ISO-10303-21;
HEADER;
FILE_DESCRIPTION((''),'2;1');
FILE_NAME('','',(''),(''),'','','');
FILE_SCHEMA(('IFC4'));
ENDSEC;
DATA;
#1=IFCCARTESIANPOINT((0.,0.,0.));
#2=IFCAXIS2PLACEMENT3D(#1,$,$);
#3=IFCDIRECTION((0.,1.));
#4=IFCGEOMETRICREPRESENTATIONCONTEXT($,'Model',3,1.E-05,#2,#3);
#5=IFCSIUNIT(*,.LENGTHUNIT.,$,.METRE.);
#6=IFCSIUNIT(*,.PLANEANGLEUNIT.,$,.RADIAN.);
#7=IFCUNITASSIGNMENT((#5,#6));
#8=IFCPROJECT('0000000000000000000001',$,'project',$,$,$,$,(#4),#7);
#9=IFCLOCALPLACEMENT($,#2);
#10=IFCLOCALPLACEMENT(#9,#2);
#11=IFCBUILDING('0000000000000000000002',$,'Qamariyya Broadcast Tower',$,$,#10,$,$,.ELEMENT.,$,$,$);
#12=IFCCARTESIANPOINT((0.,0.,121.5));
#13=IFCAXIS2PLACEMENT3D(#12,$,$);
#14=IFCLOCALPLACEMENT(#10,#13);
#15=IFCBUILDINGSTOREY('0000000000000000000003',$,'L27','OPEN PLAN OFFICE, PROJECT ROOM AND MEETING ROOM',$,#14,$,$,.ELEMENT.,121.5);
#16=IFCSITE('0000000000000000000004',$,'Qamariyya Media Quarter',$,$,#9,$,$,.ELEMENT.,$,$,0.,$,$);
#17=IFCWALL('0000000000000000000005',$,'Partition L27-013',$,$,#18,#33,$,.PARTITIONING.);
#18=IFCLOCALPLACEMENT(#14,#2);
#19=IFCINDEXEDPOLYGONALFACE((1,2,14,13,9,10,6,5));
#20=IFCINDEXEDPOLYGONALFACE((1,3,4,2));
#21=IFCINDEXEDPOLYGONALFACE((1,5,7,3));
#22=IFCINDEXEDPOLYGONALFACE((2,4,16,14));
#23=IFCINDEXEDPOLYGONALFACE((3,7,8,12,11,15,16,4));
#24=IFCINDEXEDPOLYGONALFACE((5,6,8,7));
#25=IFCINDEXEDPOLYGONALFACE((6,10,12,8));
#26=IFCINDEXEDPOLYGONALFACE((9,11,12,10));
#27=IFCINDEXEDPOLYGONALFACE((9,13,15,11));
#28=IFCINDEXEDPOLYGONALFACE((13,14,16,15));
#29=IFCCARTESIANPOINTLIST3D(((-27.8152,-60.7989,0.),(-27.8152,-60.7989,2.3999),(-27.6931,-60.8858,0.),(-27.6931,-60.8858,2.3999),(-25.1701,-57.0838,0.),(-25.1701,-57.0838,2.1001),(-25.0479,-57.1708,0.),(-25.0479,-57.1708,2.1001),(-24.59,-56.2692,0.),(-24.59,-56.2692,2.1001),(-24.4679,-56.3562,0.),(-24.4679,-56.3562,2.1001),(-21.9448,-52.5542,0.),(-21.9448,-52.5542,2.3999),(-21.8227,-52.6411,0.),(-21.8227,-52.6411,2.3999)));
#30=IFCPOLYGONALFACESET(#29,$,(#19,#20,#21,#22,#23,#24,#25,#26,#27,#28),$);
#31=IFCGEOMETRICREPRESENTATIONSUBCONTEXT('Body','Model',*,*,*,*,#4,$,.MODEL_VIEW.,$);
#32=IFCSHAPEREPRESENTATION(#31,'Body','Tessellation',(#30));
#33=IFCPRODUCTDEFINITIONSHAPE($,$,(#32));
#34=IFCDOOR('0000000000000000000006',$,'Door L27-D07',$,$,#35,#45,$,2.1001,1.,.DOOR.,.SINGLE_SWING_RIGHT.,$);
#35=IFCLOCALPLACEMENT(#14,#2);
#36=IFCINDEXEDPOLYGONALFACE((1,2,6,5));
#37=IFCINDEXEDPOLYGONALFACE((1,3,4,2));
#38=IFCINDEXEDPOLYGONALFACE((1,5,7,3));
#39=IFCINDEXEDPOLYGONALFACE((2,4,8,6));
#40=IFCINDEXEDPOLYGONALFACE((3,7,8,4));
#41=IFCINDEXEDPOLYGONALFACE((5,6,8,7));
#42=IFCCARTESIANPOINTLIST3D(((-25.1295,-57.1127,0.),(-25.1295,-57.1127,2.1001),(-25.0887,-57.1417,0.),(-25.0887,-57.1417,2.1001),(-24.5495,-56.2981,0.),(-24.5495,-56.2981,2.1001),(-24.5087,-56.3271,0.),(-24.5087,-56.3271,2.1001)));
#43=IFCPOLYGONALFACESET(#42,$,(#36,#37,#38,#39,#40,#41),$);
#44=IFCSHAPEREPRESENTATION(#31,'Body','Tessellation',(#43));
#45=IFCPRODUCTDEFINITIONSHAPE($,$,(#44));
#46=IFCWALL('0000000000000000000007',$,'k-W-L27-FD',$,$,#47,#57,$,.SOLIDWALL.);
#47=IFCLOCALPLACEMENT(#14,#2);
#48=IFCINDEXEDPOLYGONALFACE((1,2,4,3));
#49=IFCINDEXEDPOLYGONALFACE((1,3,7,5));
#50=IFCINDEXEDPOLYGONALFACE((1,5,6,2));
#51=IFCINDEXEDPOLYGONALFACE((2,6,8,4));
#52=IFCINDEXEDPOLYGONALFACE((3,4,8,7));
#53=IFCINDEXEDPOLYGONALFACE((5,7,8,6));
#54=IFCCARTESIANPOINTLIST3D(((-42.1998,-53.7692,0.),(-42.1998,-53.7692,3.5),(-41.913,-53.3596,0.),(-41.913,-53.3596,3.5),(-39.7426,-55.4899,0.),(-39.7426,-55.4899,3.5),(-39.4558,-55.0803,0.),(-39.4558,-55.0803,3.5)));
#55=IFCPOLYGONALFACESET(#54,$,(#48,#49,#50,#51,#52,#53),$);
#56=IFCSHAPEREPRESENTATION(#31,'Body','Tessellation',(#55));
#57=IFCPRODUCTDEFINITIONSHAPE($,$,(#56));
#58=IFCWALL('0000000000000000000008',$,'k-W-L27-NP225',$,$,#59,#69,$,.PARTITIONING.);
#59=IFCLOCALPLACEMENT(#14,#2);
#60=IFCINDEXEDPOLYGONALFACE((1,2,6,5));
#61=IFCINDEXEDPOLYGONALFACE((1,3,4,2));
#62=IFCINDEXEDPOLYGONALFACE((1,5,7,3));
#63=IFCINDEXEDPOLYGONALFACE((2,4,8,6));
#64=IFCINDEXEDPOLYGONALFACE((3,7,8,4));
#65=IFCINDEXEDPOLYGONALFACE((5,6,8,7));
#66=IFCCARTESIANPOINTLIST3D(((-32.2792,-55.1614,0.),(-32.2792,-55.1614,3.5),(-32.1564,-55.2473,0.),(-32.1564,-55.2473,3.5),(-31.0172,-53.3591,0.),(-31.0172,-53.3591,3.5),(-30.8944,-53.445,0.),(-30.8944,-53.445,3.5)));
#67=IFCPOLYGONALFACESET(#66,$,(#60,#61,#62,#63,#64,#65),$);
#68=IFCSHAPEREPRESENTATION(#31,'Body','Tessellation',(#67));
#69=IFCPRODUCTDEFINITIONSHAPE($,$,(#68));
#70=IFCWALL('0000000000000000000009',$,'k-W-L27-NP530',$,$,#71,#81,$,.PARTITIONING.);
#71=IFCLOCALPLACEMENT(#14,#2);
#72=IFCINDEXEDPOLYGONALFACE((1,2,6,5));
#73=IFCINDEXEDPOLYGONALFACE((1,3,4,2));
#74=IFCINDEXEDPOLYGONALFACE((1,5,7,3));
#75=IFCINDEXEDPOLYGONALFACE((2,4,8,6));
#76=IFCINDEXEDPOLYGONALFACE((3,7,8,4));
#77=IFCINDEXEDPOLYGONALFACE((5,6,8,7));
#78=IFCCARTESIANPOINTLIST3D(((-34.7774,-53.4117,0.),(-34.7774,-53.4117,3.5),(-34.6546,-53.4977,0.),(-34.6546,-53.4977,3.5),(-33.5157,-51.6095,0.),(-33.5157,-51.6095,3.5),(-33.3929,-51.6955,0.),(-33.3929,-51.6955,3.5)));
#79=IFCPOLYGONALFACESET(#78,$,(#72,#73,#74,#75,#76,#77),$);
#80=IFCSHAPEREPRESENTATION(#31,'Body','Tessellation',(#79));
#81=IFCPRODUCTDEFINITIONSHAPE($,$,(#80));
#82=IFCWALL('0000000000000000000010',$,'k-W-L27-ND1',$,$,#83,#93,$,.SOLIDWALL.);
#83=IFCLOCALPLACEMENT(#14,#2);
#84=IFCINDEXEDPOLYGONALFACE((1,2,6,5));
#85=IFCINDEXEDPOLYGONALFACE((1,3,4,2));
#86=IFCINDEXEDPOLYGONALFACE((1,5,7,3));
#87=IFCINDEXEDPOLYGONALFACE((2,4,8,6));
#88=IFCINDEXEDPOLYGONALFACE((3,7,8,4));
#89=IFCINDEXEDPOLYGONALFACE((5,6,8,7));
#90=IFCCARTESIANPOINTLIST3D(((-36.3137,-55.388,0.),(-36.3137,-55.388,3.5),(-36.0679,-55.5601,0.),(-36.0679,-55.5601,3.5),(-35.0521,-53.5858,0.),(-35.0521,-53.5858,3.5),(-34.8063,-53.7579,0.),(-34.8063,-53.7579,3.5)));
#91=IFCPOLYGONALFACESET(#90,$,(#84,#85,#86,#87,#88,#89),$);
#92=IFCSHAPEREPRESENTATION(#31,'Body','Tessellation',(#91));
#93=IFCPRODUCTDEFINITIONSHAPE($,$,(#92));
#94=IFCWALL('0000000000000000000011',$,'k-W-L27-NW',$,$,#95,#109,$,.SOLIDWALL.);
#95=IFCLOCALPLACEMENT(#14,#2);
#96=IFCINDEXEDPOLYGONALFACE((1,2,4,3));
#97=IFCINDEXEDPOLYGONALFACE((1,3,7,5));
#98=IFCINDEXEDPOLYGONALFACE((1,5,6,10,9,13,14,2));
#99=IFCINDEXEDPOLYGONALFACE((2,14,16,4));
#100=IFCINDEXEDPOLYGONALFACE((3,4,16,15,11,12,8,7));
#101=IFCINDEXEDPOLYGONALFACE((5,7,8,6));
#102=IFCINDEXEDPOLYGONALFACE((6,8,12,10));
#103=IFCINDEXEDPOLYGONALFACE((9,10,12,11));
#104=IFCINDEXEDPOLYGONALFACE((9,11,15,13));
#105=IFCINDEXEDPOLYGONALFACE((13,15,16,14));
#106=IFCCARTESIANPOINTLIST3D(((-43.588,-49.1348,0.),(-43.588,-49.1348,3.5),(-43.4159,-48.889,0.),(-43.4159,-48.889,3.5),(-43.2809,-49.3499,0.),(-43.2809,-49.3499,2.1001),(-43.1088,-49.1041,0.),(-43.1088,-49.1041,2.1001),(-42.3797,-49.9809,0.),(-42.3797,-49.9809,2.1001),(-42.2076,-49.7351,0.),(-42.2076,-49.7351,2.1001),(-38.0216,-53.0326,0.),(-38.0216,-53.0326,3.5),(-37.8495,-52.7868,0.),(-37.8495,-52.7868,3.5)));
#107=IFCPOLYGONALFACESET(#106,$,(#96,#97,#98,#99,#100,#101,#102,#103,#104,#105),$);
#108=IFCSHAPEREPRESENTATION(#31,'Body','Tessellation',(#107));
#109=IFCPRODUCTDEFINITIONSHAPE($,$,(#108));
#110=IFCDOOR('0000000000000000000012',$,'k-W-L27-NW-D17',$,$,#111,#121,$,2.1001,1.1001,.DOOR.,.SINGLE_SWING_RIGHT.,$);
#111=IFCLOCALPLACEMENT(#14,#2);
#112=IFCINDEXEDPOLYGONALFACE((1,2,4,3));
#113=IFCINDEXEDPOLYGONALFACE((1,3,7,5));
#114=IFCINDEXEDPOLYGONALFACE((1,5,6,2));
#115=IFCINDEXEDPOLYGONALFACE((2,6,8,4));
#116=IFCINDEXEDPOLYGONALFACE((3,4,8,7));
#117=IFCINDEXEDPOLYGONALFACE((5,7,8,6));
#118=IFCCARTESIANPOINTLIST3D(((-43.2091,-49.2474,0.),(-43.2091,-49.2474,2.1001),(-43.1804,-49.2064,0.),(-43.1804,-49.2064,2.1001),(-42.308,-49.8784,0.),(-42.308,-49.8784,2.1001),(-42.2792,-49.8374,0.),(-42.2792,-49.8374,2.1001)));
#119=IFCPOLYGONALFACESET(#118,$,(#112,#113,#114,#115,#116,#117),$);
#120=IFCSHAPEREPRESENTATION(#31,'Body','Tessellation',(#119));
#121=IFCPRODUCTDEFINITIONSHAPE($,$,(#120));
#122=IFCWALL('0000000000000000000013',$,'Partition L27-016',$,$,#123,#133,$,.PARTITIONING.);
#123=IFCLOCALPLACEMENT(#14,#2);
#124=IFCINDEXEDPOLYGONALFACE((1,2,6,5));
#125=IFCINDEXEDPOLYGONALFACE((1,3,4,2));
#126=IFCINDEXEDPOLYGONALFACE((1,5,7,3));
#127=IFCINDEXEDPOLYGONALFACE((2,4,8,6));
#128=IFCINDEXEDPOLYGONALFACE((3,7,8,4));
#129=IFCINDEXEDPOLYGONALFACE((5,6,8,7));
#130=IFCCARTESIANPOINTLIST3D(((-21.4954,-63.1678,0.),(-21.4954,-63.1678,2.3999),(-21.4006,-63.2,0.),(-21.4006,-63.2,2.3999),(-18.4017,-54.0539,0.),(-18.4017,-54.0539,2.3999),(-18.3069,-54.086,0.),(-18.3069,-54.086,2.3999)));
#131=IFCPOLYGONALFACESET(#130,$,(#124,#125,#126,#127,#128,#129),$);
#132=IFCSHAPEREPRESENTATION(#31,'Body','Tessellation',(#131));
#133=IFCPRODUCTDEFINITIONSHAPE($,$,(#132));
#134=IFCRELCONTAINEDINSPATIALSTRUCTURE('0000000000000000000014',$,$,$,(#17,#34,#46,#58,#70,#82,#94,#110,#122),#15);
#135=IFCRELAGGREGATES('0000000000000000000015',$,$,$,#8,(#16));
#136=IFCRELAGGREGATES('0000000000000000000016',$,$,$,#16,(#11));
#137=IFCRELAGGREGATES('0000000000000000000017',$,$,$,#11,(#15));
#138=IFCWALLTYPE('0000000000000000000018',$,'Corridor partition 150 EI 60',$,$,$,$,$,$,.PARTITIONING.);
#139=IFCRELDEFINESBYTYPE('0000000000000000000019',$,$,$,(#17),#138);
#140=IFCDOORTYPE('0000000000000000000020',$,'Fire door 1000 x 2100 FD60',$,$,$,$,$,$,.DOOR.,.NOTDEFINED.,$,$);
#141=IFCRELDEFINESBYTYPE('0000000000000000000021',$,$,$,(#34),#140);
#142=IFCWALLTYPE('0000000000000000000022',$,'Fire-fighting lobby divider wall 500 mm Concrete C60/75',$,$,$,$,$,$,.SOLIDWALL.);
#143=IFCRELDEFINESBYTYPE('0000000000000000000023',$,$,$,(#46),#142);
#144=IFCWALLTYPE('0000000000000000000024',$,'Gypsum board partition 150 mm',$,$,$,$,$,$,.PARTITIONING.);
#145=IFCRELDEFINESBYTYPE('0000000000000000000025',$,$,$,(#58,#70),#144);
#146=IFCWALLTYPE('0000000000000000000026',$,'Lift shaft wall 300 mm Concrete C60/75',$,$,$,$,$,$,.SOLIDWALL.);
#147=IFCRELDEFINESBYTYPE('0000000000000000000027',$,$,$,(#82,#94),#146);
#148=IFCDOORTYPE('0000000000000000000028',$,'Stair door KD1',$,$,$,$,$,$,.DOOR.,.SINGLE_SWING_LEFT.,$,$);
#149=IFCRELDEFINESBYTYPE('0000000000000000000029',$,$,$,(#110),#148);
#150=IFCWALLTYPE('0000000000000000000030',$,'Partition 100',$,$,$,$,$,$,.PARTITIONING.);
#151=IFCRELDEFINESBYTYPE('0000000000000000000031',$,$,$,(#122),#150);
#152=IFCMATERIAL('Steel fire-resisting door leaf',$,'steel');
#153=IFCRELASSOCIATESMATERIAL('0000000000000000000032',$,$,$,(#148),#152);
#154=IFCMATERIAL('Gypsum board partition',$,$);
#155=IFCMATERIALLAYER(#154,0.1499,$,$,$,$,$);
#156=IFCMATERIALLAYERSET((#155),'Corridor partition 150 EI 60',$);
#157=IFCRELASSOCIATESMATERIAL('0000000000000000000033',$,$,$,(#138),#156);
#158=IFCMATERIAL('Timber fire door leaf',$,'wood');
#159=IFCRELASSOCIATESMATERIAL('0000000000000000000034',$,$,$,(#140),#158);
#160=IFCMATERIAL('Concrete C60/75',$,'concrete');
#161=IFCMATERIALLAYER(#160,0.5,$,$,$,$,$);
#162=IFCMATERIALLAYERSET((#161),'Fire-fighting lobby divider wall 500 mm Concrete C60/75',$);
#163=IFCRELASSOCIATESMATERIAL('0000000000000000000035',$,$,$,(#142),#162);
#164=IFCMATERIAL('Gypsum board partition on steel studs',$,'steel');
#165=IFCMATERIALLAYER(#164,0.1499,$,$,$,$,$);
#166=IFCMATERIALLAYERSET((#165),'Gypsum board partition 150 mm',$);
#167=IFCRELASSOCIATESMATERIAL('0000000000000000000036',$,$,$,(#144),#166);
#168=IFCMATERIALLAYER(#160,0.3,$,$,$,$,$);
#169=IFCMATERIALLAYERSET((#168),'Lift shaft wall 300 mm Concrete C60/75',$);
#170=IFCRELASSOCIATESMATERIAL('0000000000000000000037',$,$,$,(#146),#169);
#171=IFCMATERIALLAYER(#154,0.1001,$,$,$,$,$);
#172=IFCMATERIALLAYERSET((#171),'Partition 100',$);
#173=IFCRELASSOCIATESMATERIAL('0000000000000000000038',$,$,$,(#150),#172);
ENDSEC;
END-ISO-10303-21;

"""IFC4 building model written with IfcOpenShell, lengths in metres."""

from ifc_helpers import new_model, si_unit, direction, frame, frame_2d, origin, place, context, subcontext, project, spatial, rectangle, extrude, material, layer, layer_set, type_object, element, fill, save


model = new_model("IFC4")

# Units and contexts
model_context = context("Model", 3, precision=1e-05, world=origin(), true_north=direction((0.0, 1.0)))
body_context = subcontext(model_context, "Body", "Model", "MODEL_VIEW")
ifc_project = project(units=[si_unit("LENGTHUNIT", "METRE"), si_unit("PLANEANGLEUNIT", "RADIAN")], contexts=[model_context])

# Site, building, storey
site_placement = place(None, origin())
site = spatial("IfcSite", under=ifc_project, at=site_placement, Name="Qamariyya Media Quarter", CompositionType="ELEMENT", RefElevation=0.0)
building_placement = place(site_placement, origin())
building = spatial("IfcBuilding", under=site, at=building_placement, Name="Qamariyya Broadcast Tower", CompositionType="ELEMENT")
storey_placement = place(building_placement, frame((0.0, 0.0, 121.5)))
storey = spatial("IfcBuildingStorey", under=building, at=storey_placement, Name="L27", Description="OPEN PLAN OFFICE, PROJECT ROOM AND MEETING ROOM", CompositionType="ELEMENT", Elevation=121.5)

# Shared definitions
ifc_material_1 = material(Name="Steel fire-resisting door leaf", Category="steel")
door_type_1 = type_object("IfcDoorType", Name="Stair door KD1", OperationType="SINGLE_SWING_LEFT", PredefinedType="DOOR", material=ifc_material_1)

# Wall, opening, door
ifc_material_2 = material(Name="Gypsum board partition")
ifc_layer_1 = layer(ifc_material_2, 0.1499)
ifc_layer_set_1 = layer_set([ifc_layer_1], Name="Corridor partition 150 EI 60")
wall_type_1 = type_object("IfcWallType", Name="Corridor partition 150 EI 60", PredefinedType="PARTITIONING", material=ifc_layer_set_1)
wall_1_placement = place(storey_placement, frame((-21.8838, -52.5977, 0.0), z_axis=(0.0, 0.0, 1.0), x_axis=(-0.580017, -0.814605, 0.0)))
wall_1 = element("IfcWall", 1, at=wall_1_placement, inside=storey, type_object=wall_type_1, Name="Partition L27-013", PredefinedType="PARTITIONING", context=body_context, shape_type="SweptSolid", body=[
    extrude(rectangle(XDim=10.1211, YDim=0.1499, at=frame_2d((5.0605, 0.0))), origin(), (0.0, 0.0, 1.0), 2.3999),
])
opening_1_placement = place(wall_1_placement, frame((4.5605, 0.0, 0.0)))
opening_1 = element("IfcOpeningElement", 2, at=opening_1_placement, cuts=wall_1, PredefinedType="OPENING", context=body_context, shape_type="SweptSolid", body=[
    extrude(rectangle(XDim=1.0, YDim=2.1001, at=frame_2d((0.5, 1.05))), frame((0.0, 0.085, 0.0), z_axis=(0.0, -1.0, 0.0), x_axis=(1.0, 0.0, 0.0)), (0.0, 0.0, 1.0), 0.1699),
])
ifc_material_3 = material(Name="Timber fire door leaf", Category="wood")
door_type_2 = type_object("IfcDoorType", Name="Fire door 1000 x 2100 FD60", OperationType="NOTDEFINED", PredefinedType="DOOR", material=ifc_material_3)
door_1_placement = place(opening_1_placement, origin())
door_1 = element("IfcDoor", 3, at=door_1_placement, inside=storey, type_object=door_type_2, Name="Door L27-D07", OperationType="SINGLE_SWING_RIGHT", OverallHeight=2.1001, OverallWidth=1.0, PredefinedType="DOOR", context=body_context, shape_type="SweptSolid", body=[
    extrude(rectangle(XDim=1.0, YDim=2.1001, at=frame_2d((0.5, 1.05))), frame((0.0, 0.0249, 0.0), z_axis=(0.0, -1.0, 0.0), x_axis=(1.0, 0.0, 0.0)), (0.0, 0.0, 1.0), 0.05),
])
fill(opening_1, door_1)

# Walls
ifc_material_4 = material(Name="Concrete C60/75", Category="concrete")
ifc_layer_2 = layer(ifc_material_4, 0.5)
ifc_layer_set_2 = layer_set([ifc_layer_2], Name="Fire-fighting lobby divider wall 500 mm Concrete C60/75")
wall_type_2 = type_object("IfcWallType", Name="Fire-fighting lobby divider wall 500 mm Concrete C60/75", PredefinedType="SOLIDWALL", material=ifc_layer_set_2)
wall_2_placement = place(storey_placement, frame((-39.5991, -55.2852, 0.0), z_axis=(0.0, 0.0, 1.0), x_axis=(-0.819136, 0.573599, 0.0)))
element("IfcWall", 4, at=wall_2_placement, inside=storey, type_object=wall_type_2, Name="k-W-L27-FD", PredefinedType="SOLIDWALL", context=body_context, shape_type="SweptSolid", body=[
    extrude(rectangle(XDim=2.9998, YDim=0.5, at=frame_2d((1.5, 0.0))), origin(), (0.0, 0.0, 1.0), 3.5),
])
ifc_material_5 = material(Name="Gypsum board partition on steel studs", Category="steel")
ifc_layer_3 = layer(ifc_material_5, 0.1499)
ifc_layer_set_3 = layer_set([ifc_layer_3], Name="Gypsum board partition 150 mm")
wall_type_3 = type_object("IfcWallType", Name="Gypsum board partition 150 mm", PredefinedType="PARTITIONING", material=ifc_layer_set_3)
wall_3_placement = place(storey_placement, frame((-32.2178, -55.2043, 0.0), z_axis=(0.0, 0.0, 1.0), x_axis=(0.573581, 0.819149, 0.0)))
element("IfcWall", 5, at=wall_3_placement, inside=storey, type_object=wall_type_3, Name="k-W-L27-NP225", PredefinedType="PARTITIONING", context=body_context, shape_type="SweptSolid", body=[
    extrude(rectangle(XDim=2.2002, YDim=0.1499, at=frame_2d((1.1001, 0.0))), origin(), (0.0, 0.0, 1.0), 3.5),
])
wall_4_placement = place(storey_placement, frame((-34.7161, -53.4548, 0.0), z_axis=(0.0, 0.0, 1.0), x_axis=(0.573507, 0.819201, 0.0)))
element("IfcWall", 6, at=wall_4_placement, inside=storey, type_object=wall_type_3, Name="k-W-L27-NP530", PredefinedType="PARTITIONING", context=body_context, shape_type="SweptSolid", body=[
    extrude(rectangle(XDim=2.2, YDim=0.1499, at=frame_2d((1.1001, 0.0))), origin(), (0.0, 0.0, 1.0), 3.5),
])
ifc_layer_4 = layer(ifc_material_4, 0.3)
ifc_layer_set_4 = layer_set([ifc_layer_4], Name="Lift shaft wall 300 mm Concrete C60/75")
wall_type_4 = type_object("IfcWallType", Name="Lift shaft wall 300 mm Concrete C60/75", PredefinedType="SOLIDWALL", material=ifc_layer_set_4)
wall_5_placement = place(storey_placement, frame((-36.1909, -55.4741, 0.0), z_axis=(0.0, 0.0, 1.0), x_axis=(0.573507, 0.819201, 0.0)))
element("IfcWall", 7, at=wall_5_placement, inside=storey, type_object=wall_type_4, Name="k-W-L27-ND1", PredefinedType="SOLIDWALL", context=body_context, shape_type="SweptSolid", body=[
    extrude(rectangle(XDim=2.2, YDim=0.3, at=frame_2d((1.1001, 0.0))), origin(), (0.0, 0.0, 1.0), 3.5),
])

# Wall, opening, door
wall_6_placement = place(storey_placement, frame((-37.9355, -52.9097, 0.0), z_axis=(0.0, 0.0, 1.0), x_axis=(-0.819148, 0.573583, 0.0)))
wall_6 = element("IfcWall", 8, at=wall_6_placement, inside=storey, type_object=wall_type_4, Name="k-W-L27-NW", PredefinedType="SOLIDWALL", context=body_context, shape_type="SweptSolid", body=[
    extrude(rectangle(XDim=6.7954, YDim=0.3, at=frame_2d((3.3977, 0.0))), origin(), (0.0, 0.0, 1.0), 3.5),
])
opening_2_placement = place(wall_6_placement, frame((5.3203, 0.0, 0.0)))
opening_2 = element("IfcOpeningElement", 9, at=opening_2_placement, cuts=wall_6, PredefinedType="OPENING", context=body_context, shape_type="SweptSolid", body=[
    extrude(rectangle(XDim=1.1001, YDim=2.1001, at=frame_2d((0.55, 1.05))), frame((0.0, 0.1599, 0.0), z_axis=(0.0, -1.0, 0.0), x_axis=(1.0, 0.0, 0.0)), (0.0, 0.0, 1.0), 0.3201),
])
door_2_placement = place(opening_2_placement, origin())
door_2 = element("IfcDoor", 10, at=door_2_placement, inside=storey, type_object=door_type_1, Name="k-W-L27-NW-D17", OperationType="SINGLE_SWING_RIGHT", OverallHeight=2.1001, OverallWidth=1.1001, PredefinedType="DOOR", context=body_context, shape_type="SweptSolid", body=[
    extrude(rectangle(XDim=1.1001, YDim=2.1001, at=frame_2d((0.55, 1.05))), frame((0.0, 0.0249, 0.0), z_axis=(0.0, -1.0, 0.0), x_axis=(1.0, 0.0, 0.0)), (0.0, 0.0, 1.0), 0.05),
])
fill(opening_2, door_2)

# Wall
ifc_layer_5 = layer(ifc_material_2, 0.1001)
ifc_layer_set_5 = layer_set([ifc_layer_5], Name="Partition 100")
wall_type_5 = type_object("IfcWallType", Name="Partition 100", PredefinedType="PARTITIONING", material=ifc_layer_set_5)
wall_7_placement = place(storey_placement, frame((-18.3542, -54.0698, 0.0), z_axis=(0.0, 0.0, 1.0), x_axis=(-0.321436, -0.946931, 0.0)))
element("IfcWall", 11, at=wall_7_placement, inside=storey, type_object=wall_type_5, Name="Partition L27-016", PredefinedType="PARTITIONING", context=body_context, shape_type="SweptSolid", body=[
    extrude(rectangle(XDim=9.6248, YDim=0.1001, at=frame_2d((4.8125, 0.0))), origin(), (0.0, 0.0, 1.0), 2.3999),
])

save(model, "model.ifc")
